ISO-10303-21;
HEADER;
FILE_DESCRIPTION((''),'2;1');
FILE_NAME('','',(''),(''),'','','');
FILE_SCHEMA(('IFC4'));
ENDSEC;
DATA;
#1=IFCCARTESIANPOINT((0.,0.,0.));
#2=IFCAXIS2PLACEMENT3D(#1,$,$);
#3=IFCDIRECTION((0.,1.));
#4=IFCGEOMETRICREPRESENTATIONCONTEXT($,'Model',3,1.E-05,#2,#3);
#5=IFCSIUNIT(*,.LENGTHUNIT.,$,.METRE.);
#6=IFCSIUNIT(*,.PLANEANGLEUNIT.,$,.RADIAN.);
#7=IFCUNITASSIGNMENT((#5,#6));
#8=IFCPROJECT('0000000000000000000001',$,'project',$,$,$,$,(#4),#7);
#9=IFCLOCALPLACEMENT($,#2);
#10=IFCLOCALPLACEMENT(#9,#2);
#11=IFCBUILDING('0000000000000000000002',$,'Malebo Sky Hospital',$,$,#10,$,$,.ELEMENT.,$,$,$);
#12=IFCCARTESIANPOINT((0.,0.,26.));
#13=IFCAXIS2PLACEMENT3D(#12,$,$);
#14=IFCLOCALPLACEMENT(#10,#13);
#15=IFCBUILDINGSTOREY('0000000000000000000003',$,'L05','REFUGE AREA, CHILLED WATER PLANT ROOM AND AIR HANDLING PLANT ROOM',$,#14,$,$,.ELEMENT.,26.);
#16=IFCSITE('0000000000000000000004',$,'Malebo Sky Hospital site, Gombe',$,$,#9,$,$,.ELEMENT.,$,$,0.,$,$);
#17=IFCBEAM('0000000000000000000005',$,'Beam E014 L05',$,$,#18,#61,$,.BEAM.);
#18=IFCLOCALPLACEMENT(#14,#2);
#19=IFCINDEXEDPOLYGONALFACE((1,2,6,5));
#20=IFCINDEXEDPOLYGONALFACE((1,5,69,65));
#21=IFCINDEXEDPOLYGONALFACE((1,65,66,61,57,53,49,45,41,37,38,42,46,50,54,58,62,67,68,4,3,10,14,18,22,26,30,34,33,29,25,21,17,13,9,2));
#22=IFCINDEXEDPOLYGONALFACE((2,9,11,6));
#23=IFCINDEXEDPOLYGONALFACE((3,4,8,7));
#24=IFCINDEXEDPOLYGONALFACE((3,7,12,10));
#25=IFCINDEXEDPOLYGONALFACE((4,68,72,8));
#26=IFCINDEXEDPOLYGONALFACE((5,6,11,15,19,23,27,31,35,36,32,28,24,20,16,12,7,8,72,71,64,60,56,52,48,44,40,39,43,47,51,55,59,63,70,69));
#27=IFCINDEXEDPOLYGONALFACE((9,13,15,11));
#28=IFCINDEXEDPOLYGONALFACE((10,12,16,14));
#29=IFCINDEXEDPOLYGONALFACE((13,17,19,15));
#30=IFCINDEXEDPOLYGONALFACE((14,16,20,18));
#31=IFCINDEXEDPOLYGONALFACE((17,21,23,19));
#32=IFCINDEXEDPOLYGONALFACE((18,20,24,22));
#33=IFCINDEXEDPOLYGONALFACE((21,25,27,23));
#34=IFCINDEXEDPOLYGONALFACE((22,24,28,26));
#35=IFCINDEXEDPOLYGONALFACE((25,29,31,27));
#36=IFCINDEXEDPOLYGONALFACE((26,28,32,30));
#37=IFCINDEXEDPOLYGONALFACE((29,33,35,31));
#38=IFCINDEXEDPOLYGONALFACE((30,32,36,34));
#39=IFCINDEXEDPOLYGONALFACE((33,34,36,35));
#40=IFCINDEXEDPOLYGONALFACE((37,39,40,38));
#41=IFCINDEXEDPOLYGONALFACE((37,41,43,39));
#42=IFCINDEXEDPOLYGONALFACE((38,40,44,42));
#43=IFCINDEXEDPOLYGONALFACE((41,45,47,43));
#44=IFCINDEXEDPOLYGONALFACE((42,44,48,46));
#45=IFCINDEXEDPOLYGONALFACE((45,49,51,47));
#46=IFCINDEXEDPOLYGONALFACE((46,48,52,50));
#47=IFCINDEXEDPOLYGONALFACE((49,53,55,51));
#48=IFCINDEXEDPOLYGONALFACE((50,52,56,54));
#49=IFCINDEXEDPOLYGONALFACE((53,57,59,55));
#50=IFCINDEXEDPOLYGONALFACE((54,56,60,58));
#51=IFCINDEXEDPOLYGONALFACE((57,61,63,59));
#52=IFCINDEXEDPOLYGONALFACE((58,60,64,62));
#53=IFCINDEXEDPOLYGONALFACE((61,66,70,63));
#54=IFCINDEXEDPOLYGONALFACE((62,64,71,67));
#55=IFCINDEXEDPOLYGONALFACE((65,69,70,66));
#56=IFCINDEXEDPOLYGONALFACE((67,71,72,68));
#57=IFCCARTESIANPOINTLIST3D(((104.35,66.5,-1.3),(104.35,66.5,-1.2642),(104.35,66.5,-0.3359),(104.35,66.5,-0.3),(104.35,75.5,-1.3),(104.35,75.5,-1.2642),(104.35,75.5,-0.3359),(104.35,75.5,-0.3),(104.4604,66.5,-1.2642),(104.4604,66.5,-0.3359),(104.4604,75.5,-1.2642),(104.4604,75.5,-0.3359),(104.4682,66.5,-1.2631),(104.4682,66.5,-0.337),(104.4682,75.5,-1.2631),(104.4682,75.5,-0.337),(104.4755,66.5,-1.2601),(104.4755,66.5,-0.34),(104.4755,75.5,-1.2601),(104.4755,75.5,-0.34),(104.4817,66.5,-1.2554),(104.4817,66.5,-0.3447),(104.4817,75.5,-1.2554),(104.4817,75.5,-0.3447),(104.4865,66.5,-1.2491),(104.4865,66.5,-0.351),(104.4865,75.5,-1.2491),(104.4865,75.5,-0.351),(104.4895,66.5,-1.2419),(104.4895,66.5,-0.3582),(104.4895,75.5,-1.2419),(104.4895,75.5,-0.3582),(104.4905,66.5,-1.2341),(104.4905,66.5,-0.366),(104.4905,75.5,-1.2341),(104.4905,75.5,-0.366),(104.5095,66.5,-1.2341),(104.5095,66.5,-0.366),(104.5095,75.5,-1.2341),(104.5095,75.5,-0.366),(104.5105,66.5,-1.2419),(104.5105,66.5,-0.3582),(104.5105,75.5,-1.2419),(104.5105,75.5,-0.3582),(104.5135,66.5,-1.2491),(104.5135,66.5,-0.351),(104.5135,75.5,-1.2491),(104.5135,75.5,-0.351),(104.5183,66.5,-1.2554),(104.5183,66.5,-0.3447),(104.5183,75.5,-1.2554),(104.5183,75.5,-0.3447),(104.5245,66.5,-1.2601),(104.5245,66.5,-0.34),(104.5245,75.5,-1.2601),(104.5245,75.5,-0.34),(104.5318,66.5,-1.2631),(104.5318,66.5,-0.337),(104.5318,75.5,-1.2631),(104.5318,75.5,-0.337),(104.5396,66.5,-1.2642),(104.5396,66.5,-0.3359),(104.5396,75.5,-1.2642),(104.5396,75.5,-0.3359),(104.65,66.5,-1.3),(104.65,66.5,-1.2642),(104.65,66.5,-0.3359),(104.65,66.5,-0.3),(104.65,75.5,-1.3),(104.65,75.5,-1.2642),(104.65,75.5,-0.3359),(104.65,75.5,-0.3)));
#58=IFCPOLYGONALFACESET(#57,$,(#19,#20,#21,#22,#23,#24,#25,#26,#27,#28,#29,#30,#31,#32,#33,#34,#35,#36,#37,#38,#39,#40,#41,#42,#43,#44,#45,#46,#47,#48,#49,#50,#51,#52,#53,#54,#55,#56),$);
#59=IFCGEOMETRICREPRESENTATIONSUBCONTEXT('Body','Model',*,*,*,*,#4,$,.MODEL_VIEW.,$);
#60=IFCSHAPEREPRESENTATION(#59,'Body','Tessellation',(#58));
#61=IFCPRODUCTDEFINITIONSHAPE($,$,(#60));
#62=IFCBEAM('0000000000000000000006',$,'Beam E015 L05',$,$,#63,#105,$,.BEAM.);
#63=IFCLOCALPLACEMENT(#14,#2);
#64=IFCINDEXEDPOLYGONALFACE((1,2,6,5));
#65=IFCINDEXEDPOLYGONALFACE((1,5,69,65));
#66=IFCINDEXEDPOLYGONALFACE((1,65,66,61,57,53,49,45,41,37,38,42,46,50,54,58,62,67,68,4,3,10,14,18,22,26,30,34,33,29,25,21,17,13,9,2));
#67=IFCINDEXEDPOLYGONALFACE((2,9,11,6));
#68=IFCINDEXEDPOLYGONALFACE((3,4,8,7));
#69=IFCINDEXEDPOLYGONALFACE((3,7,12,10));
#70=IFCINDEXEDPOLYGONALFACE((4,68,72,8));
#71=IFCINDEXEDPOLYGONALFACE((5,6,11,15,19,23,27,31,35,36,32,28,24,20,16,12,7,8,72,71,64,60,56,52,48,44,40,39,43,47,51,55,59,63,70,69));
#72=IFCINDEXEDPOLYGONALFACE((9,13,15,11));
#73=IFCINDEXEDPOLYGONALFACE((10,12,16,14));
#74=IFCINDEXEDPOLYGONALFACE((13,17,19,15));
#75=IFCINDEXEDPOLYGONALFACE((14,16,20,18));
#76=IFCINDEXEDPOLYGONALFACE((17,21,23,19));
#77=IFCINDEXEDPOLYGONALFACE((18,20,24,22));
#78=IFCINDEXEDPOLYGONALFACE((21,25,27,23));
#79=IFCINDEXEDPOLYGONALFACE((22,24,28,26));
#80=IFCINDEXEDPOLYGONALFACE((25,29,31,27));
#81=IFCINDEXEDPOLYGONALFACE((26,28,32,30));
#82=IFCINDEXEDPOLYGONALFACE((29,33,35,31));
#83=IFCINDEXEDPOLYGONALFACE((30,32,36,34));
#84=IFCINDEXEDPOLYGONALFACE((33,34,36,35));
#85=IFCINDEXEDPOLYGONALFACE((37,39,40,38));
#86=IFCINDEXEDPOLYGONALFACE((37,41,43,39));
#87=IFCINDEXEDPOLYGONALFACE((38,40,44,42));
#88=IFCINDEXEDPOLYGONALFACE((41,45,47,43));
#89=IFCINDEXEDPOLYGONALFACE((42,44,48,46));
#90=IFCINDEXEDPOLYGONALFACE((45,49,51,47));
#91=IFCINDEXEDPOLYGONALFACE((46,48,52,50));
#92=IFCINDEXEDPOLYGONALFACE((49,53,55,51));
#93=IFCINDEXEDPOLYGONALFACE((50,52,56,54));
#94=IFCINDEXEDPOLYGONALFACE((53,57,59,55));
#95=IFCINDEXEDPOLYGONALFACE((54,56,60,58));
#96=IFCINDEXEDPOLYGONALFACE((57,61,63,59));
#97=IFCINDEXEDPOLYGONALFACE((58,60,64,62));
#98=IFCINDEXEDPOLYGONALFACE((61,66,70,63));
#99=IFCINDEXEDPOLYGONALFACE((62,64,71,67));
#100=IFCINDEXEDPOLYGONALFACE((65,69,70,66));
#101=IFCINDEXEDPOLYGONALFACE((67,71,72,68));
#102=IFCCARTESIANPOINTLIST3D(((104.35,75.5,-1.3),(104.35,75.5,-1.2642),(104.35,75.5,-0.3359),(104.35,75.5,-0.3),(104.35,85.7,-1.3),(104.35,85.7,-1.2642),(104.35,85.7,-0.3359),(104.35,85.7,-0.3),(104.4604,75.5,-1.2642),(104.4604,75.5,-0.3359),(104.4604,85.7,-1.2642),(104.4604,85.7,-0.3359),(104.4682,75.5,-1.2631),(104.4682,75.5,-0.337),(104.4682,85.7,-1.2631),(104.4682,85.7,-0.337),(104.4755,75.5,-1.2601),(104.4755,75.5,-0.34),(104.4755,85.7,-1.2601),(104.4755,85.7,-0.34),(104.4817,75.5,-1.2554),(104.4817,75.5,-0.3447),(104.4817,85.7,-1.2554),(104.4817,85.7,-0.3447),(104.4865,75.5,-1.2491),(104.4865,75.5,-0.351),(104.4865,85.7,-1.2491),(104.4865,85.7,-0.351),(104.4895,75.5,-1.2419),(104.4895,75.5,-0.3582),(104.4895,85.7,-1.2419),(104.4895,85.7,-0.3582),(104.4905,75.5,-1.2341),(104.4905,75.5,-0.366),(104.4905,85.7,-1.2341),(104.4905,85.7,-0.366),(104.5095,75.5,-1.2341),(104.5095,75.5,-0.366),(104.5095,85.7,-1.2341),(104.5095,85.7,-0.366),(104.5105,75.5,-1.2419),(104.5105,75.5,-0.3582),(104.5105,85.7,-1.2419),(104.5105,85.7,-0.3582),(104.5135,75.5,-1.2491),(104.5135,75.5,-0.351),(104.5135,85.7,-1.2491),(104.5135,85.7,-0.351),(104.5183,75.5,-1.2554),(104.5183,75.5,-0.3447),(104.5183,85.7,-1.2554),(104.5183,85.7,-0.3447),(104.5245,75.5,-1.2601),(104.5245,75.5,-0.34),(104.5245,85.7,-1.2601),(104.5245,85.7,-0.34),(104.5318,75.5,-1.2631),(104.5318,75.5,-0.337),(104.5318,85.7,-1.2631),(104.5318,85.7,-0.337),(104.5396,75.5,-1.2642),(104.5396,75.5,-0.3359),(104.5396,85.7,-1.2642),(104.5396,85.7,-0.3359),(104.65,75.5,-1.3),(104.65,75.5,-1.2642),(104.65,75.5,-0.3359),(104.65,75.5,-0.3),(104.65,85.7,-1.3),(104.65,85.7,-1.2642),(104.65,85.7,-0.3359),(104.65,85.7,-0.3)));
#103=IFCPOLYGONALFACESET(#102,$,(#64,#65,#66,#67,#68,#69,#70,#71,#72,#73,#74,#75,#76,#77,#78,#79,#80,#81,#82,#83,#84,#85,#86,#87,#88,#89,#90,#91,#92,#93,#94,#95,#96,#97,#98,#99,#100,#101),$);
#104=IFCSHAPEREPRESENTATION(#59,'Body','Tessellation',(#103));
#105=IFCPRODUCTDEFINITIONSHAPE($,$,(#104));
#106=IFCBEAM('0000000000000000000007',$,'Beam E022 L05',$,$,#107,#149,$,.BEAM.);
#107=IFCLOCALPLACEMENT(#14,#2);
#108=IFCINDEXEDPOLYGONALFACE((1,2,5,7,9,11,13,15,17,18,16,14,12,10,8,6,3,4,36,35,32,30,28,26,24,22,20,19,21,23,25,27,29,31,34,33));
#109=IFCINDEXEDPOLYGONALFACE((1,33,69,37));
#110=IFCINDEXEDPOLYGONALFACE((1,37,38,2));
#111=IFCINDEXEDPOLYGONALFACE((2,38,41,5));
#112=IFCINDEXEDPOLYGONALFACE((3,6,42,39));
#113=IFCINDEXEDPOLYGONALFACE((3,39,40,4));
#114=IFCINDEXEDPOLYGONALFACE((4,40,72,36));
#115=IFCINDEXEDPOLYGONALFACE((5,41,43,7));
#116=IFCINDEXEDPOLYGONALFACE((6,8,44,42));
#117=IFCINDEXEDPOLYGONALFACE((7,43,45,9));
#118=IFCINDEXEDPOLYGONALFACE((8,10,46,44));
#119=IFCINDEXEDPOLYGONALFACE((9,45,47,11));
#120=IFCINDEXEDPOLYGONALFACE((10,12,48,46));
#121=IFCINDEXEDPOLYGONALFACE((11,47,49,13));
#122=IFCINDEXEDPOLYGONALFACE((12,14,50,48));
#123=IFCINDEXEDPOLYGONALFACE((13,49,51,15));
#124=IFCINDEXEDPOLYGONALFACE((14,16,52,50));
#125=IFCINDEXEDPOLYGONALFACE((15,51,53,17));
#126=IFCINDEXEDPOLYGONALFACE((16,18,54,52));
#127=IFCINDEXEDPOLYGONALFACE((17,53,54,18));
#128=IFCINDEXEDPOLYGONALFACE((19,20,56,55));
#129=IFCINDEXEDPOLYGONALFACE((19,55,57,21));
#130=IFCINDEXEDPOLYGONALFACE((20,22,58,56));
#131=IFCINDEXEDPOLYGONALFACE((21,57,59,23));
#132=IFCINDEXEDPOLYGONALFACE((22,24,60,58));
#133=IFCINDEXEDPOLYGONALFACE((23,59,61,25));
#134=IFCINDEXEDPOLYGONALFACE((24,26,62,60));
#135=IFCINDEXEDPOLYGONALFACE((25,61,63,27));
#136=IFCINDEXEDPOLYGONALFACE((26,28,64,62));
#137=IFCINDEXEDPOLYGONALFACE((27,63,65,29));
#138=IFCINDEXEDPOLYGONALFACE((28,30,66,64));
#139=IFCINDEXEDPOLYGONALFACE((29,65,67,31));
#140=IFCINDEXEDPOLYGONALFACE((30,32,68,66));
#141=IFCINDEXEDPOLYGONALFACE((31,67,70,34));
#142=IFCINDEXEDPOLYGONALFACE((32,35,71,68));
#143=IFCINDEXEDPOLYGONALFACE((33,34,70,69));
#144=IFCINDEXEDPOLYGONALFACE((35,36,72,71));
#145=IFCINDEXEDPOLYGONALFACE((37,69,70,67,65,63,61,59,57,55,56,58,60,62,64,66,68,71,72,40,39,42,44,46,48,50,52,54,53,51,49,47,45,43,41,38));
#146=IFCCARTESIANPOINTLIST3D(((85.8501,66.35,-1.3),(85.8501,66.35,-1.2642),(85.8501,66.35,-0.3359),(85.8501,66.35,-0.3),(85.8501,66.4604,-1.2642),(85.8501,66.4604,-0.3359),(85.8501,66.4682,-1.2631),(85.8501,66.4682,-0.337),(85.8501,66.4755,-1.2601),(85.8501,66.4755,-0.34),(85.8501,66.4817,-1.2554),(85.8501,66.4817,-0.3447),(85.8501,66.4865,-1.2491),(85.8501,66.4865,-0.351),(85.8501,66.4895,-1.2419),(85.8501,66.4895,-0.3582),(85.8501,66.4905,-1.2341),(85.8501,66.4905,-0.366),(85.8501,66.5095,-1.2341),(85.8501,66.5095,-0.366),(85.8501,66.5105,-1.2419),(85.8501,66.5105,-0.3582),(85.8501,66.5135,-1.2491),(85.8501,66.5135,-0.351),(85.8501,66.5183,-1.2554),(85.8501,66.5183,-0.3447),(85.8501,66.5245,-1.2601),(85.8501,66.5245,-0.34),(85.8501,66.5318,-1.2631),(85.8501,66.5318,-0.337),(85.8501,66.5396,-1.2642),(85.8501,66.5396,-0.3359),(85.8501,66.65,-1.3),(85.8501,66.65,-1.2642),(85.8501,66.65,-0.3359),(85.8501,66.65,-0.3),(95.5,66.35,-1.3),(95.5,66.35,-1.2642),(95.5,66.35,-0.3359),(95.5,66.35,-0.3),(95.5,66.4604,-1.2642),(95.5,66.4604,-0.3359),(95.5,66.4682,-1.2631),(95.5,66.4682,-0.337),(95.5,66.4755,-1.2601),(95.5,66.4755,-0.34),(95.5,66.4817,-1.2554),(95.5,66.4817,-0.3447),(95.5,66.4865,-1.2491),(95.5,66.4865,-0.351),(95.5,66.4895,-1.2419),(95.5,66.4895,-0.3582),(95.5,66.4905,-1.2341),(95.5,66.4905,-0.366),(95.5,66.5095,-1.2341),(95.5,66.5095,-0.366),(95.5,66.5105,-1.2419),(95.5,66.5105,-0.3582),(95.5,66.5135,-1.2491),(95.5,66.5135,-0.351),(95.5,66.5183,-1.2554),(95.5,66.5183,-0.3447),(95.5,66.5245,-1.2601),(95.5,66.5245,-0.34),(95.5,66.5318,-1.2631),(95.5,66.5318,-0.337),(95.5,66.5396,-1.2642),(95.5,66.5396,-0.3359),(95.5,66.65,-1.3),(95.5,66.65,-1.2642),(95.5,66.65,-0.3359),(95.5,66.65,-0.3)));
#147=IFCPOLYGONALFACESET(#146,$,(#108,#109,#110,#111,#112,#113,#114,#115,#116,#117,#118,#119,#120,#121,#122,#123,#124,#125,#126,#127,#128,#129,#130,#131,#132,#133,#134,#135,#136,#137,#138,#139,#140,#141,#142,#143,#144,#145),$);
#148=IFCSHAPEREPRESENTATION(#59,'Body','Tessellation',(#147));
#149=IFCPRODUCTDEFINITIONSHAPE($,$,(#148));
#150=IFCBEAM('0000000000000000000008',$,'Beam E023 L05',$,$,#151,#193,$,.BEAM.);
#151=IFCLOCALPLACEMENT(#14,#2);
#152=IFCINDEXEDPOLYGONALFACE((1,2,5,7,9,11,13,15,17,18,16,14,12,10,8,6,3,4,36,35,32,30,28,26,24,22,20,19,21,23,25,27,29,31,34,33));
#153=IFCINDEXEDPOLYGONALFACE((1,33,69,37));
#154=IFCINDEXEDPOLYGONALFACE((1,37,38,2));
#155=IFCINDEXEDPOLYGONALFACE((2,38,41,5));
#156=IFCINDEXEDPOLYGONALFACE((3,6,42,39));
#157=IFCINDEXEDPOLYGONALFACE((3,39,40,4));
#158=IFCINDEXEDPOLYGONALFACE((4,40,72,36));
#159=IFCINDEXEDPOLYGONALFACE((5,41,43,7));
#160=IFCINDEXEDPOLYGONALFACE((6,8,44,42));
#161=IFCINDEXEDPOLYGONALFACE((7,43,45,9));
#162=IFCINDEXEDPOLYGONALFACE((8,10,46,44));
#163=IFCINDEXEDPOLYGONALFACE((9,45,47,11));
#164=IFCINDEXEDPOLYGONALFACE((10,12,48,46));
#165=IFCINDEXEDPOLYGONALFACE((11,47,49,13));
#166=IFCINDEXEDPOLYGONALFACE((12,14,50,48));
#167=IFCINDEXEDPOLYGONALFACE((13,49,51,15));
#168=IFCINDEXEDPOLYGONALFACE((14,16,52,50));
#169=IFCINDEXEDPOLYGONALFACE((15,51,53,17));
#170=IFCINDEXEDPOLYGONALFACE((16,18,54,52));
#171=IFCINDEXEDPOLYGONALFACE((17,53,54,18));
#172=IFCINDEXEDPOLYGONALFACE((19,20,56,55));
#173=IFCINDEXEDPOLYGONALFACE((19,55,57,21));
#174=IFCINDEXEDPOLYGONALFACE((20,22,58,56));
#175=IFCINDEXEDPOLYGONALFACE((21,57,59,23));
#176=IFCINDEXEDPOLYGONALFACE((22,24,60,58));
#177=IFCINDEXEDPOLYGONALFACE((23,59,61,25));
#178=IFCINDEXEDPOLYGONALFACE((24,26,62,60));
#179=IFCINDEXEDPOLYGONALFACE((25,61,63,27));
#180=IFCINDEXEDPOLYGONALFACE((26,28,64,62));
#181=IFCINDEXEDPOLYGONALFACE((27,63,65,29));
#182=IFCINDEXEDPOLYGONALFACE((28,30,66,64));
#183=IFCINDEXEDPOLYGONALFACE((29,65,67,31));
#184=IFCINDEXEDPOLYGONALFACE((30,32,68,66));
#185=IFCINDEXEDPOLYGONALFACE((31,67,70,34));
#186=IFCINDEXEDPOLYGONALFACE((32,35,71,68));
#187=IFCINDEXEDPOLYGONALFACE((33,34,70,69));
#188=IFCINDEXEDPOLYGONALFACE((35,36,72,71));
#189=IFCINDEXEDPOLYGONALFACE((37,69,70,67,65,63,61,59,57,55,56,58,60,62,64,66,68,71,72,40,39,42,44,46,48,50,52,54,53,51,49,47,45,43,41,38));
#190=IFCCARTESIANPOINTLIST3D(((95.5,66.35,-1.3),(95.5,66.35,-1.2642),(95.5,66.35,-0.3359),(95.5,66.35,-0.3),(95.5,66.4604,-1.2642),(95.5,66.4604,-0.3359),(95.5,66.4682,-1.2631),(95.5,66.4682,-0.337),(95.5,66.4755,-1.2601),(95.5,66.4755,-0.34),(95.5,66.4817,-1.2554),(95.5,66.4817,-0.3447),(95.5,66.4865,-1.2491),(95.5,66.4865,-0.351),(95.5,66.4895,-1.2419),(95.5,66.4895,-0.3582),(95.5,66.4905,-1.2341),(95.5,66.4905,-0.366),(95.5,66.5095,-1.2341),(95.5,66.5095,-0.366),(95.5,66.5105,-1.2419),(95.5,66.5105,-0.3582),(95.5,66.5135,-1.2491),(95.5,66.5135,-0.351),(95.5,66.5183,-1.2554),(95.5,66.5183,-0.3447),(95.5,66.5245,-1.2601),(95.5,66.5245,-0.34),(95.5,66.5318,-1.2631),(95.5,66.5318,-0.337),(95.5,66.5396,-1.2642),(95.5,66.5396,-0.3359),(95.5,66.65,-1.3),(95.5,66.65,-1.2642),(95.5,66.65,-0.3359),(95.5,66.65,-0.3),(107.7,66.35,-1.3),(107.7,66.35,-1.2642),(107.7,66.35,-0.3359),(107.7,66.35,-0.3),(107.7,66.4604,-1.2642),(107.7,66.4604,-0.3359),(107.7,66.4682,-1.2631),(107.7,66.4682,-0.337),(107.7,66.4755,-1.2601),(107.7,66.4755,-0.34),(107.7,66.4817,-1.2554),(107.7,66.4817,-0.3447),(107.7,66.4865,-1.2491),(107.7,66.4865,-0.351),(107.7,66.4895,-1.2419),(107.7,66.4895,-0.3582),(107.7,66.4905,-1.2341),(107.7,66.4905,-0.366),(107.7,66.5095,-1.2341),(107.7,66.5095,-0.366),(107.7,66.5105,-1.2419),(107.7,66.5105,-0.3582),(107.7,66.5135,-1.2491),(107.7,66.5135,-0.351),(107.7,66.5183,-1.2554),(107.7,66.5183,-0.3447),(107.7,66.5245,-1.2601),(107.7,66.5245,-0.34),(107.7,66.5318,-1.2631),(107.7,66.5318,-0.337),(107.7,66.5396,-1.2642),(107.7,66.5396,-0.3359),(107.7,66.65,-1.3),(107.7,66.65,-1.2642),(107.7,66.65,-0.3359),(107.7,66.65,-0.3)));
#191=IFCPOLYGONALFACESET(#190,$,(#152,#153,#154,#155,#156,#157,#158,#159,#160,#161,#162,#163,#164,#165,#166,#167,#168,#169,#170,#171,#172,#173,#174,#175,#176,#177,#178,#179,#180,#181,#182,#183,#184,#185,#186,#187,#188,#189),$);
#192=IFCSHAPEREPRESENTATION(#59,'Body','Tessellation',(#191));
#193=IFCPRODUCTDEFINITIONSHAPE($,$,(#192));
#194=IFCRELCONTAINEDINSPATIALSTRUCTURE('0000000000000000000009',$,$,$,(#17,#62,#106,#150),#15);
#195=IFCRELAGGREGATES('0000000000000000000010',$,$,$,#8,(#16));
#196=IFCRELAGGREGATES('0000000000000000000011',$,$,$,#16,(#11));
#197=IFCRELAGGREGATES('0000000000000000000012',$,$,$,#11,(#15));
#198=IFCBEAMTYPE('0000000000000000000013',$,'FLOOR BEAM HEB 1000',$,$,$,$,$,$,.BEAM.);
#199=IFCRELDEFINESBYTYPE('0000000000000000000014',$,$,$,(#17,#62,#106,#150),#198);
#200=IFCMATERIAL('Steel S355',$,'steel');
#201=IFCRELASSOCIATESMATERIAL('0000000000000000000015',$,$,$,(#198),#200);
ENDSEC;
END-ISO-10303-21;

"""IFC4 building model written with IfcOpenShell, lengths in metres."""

from ifc_helpers import new_model, si_unit, direction, frame, origin, origin_2d, place, context, subcontext, project, spatial, i_section, extrude, material, material_profile, profile_set, type_object, element, save


model = new_model("IFC4")

# Units and contexts
model_context = context("Model", 3, precision=1e-05, world=origin(), true_north=direction((0.0, 1.0)))
body_context = subcontext(model_context, "Body", "Model", "MODEL_VIEW")
ifc_project = project(units=[si_unit("LENGTHUNIT", "METRE"), si_unit("PLANEANGLEUNIT", "RADIAN")], contexts=[model_context])

# Site, building, storey
site_placement = place(None, origin())
site = spatial("IfcSite", under=ifc_project, at=site_placement, Name="Malebo Sky Hospital site, Gombe", CompositionType="ELEMENT", RefElevation=0.0)
building_placement = place(site_placement, origin())
building = spatial("IfcBuilding", under=site, at=building_placement, Name="Malebo Sky Hospital", CompositionType="ELEMENT")
storey_placement = place(building_placement, frame((0.0, 0.0, 26.0)))
storey = spatial("IfcBuildingStorey", under=building, at=storey_placement, Name="L05", Description="REFUGE AREA, CHILLED WATER PLANT ROOM AND AIR HANDLING PLANT ROOM", CompositionType="ELEMENT", Elevation=26.0)

# Beams
ifc_material_1 = material(Name="Steel S355", Category="steel")
ifc_material_profile_1 = material_profile(ifc_material_1, i_section(OverallWidth=0.3, OverallDepth=1.0, WebThickness=0.019, FlangeThickness=0.0359, FilletRadius=0.03, at=origin_2d()), Name="HEB 1000")
ifc_profile_set_1 = profile_set([ifc_material_profile_1], Name="Steel S355")
beam_type_1 = type_object("IfcBeamType", Name="FLOOR BEAM HEB 1000", PredefinedType="BEAM", material=ifc_profile_set_1)
beam_1_placement = place(storey_placement, frame((104.5, 66.5, -0.8), z_axis=(0.0, 1.0, 0.0), x_axis=(-1.0, 0.0, 0.0)))
element("IfcBeam", 1, at=beam_1_placement, inside=storey, type_object=beam_type_1, Name="Beam E014 L05", PredefinedType="BEAM", context=body_context, shape_type="SweptSolid", body=[
    extrude(i_section(OverallWidth=0.3, OverallDepth=1.0, WebThickness=0.019, FlangeThickness=0.0359, FilletRadius=0.03, at=origin_2d()), origin(), (0.0, 0.0, 1.0), 9.0),
])
beam_2_placement = place(storey_placement, frame((104.5, 75.5, -0.8), z_axis=(0.0, 1.0, 0.0), x_axis=(-1.0, 0.0, 0.0)))
element("IfcBeam", 2, at=beam_2_placement, inside=storey, type_object=beam_type_1, Name="Beam E015 L05", PredefinedType="BEAM", context=body_context, shape_type="SweptSolid", body=[
    extrude(i_section(OverallWidth=0.3, OverallDepth=1.0, WebThickness=0.019, FlangeThickness=0.0359, FilletRadius=0.03, at=origin_2d()), origin(), (0.0, 0.0, 1.0), 10.2),
])
beam_3_placement = place(storey_placement, frame((85.8501, 66.5, -0.8), z_axis=(1.0, 0.0, 0.0), x_axis=(0.0, 1.0, 0.0)))
element("IfcBeam", 3, at=beam_3_placement, inside=storey, type_object=beam_type_1, Name="Beam E022 L05", PredefinedType="BEAM", context=body_context, shape_type="SweptSolid", body=[
    extrude(i_section(OverallWidth=0.3, OverallDepth=1.0, WebThickness=0.019, FlangeThickness=0.0359, FilletRadius=0.03, at=origin_2d()), origin(), (0.0, 0.0, 1.0), 9.6499),
])
beam_4_placement = place(storey_placement, frame((95.5, 66.5, -0.8), z_axis=(1.0, 0.0, 0.0), x_axis=(0.0, 1.0, 0.0)))
element("IfcBeam", 4, at=beam_4_placement, inside=storey, type_object=beam_type_1, Name="Beam E023 L05", PredefinedType="BEAM", context=body_context, shape_type="SweptSolid", body=[
    extrude(i_section(OverallWidth=0.3, OverallDepth=1.0, WebThickness=0.019, FlangeThickness=0.0359, FilletRadius=0.03, at=origin_2d()), origin(), (0.0, 0.0, 1.0), 12.2),
])

save(model, "model.ifc")
